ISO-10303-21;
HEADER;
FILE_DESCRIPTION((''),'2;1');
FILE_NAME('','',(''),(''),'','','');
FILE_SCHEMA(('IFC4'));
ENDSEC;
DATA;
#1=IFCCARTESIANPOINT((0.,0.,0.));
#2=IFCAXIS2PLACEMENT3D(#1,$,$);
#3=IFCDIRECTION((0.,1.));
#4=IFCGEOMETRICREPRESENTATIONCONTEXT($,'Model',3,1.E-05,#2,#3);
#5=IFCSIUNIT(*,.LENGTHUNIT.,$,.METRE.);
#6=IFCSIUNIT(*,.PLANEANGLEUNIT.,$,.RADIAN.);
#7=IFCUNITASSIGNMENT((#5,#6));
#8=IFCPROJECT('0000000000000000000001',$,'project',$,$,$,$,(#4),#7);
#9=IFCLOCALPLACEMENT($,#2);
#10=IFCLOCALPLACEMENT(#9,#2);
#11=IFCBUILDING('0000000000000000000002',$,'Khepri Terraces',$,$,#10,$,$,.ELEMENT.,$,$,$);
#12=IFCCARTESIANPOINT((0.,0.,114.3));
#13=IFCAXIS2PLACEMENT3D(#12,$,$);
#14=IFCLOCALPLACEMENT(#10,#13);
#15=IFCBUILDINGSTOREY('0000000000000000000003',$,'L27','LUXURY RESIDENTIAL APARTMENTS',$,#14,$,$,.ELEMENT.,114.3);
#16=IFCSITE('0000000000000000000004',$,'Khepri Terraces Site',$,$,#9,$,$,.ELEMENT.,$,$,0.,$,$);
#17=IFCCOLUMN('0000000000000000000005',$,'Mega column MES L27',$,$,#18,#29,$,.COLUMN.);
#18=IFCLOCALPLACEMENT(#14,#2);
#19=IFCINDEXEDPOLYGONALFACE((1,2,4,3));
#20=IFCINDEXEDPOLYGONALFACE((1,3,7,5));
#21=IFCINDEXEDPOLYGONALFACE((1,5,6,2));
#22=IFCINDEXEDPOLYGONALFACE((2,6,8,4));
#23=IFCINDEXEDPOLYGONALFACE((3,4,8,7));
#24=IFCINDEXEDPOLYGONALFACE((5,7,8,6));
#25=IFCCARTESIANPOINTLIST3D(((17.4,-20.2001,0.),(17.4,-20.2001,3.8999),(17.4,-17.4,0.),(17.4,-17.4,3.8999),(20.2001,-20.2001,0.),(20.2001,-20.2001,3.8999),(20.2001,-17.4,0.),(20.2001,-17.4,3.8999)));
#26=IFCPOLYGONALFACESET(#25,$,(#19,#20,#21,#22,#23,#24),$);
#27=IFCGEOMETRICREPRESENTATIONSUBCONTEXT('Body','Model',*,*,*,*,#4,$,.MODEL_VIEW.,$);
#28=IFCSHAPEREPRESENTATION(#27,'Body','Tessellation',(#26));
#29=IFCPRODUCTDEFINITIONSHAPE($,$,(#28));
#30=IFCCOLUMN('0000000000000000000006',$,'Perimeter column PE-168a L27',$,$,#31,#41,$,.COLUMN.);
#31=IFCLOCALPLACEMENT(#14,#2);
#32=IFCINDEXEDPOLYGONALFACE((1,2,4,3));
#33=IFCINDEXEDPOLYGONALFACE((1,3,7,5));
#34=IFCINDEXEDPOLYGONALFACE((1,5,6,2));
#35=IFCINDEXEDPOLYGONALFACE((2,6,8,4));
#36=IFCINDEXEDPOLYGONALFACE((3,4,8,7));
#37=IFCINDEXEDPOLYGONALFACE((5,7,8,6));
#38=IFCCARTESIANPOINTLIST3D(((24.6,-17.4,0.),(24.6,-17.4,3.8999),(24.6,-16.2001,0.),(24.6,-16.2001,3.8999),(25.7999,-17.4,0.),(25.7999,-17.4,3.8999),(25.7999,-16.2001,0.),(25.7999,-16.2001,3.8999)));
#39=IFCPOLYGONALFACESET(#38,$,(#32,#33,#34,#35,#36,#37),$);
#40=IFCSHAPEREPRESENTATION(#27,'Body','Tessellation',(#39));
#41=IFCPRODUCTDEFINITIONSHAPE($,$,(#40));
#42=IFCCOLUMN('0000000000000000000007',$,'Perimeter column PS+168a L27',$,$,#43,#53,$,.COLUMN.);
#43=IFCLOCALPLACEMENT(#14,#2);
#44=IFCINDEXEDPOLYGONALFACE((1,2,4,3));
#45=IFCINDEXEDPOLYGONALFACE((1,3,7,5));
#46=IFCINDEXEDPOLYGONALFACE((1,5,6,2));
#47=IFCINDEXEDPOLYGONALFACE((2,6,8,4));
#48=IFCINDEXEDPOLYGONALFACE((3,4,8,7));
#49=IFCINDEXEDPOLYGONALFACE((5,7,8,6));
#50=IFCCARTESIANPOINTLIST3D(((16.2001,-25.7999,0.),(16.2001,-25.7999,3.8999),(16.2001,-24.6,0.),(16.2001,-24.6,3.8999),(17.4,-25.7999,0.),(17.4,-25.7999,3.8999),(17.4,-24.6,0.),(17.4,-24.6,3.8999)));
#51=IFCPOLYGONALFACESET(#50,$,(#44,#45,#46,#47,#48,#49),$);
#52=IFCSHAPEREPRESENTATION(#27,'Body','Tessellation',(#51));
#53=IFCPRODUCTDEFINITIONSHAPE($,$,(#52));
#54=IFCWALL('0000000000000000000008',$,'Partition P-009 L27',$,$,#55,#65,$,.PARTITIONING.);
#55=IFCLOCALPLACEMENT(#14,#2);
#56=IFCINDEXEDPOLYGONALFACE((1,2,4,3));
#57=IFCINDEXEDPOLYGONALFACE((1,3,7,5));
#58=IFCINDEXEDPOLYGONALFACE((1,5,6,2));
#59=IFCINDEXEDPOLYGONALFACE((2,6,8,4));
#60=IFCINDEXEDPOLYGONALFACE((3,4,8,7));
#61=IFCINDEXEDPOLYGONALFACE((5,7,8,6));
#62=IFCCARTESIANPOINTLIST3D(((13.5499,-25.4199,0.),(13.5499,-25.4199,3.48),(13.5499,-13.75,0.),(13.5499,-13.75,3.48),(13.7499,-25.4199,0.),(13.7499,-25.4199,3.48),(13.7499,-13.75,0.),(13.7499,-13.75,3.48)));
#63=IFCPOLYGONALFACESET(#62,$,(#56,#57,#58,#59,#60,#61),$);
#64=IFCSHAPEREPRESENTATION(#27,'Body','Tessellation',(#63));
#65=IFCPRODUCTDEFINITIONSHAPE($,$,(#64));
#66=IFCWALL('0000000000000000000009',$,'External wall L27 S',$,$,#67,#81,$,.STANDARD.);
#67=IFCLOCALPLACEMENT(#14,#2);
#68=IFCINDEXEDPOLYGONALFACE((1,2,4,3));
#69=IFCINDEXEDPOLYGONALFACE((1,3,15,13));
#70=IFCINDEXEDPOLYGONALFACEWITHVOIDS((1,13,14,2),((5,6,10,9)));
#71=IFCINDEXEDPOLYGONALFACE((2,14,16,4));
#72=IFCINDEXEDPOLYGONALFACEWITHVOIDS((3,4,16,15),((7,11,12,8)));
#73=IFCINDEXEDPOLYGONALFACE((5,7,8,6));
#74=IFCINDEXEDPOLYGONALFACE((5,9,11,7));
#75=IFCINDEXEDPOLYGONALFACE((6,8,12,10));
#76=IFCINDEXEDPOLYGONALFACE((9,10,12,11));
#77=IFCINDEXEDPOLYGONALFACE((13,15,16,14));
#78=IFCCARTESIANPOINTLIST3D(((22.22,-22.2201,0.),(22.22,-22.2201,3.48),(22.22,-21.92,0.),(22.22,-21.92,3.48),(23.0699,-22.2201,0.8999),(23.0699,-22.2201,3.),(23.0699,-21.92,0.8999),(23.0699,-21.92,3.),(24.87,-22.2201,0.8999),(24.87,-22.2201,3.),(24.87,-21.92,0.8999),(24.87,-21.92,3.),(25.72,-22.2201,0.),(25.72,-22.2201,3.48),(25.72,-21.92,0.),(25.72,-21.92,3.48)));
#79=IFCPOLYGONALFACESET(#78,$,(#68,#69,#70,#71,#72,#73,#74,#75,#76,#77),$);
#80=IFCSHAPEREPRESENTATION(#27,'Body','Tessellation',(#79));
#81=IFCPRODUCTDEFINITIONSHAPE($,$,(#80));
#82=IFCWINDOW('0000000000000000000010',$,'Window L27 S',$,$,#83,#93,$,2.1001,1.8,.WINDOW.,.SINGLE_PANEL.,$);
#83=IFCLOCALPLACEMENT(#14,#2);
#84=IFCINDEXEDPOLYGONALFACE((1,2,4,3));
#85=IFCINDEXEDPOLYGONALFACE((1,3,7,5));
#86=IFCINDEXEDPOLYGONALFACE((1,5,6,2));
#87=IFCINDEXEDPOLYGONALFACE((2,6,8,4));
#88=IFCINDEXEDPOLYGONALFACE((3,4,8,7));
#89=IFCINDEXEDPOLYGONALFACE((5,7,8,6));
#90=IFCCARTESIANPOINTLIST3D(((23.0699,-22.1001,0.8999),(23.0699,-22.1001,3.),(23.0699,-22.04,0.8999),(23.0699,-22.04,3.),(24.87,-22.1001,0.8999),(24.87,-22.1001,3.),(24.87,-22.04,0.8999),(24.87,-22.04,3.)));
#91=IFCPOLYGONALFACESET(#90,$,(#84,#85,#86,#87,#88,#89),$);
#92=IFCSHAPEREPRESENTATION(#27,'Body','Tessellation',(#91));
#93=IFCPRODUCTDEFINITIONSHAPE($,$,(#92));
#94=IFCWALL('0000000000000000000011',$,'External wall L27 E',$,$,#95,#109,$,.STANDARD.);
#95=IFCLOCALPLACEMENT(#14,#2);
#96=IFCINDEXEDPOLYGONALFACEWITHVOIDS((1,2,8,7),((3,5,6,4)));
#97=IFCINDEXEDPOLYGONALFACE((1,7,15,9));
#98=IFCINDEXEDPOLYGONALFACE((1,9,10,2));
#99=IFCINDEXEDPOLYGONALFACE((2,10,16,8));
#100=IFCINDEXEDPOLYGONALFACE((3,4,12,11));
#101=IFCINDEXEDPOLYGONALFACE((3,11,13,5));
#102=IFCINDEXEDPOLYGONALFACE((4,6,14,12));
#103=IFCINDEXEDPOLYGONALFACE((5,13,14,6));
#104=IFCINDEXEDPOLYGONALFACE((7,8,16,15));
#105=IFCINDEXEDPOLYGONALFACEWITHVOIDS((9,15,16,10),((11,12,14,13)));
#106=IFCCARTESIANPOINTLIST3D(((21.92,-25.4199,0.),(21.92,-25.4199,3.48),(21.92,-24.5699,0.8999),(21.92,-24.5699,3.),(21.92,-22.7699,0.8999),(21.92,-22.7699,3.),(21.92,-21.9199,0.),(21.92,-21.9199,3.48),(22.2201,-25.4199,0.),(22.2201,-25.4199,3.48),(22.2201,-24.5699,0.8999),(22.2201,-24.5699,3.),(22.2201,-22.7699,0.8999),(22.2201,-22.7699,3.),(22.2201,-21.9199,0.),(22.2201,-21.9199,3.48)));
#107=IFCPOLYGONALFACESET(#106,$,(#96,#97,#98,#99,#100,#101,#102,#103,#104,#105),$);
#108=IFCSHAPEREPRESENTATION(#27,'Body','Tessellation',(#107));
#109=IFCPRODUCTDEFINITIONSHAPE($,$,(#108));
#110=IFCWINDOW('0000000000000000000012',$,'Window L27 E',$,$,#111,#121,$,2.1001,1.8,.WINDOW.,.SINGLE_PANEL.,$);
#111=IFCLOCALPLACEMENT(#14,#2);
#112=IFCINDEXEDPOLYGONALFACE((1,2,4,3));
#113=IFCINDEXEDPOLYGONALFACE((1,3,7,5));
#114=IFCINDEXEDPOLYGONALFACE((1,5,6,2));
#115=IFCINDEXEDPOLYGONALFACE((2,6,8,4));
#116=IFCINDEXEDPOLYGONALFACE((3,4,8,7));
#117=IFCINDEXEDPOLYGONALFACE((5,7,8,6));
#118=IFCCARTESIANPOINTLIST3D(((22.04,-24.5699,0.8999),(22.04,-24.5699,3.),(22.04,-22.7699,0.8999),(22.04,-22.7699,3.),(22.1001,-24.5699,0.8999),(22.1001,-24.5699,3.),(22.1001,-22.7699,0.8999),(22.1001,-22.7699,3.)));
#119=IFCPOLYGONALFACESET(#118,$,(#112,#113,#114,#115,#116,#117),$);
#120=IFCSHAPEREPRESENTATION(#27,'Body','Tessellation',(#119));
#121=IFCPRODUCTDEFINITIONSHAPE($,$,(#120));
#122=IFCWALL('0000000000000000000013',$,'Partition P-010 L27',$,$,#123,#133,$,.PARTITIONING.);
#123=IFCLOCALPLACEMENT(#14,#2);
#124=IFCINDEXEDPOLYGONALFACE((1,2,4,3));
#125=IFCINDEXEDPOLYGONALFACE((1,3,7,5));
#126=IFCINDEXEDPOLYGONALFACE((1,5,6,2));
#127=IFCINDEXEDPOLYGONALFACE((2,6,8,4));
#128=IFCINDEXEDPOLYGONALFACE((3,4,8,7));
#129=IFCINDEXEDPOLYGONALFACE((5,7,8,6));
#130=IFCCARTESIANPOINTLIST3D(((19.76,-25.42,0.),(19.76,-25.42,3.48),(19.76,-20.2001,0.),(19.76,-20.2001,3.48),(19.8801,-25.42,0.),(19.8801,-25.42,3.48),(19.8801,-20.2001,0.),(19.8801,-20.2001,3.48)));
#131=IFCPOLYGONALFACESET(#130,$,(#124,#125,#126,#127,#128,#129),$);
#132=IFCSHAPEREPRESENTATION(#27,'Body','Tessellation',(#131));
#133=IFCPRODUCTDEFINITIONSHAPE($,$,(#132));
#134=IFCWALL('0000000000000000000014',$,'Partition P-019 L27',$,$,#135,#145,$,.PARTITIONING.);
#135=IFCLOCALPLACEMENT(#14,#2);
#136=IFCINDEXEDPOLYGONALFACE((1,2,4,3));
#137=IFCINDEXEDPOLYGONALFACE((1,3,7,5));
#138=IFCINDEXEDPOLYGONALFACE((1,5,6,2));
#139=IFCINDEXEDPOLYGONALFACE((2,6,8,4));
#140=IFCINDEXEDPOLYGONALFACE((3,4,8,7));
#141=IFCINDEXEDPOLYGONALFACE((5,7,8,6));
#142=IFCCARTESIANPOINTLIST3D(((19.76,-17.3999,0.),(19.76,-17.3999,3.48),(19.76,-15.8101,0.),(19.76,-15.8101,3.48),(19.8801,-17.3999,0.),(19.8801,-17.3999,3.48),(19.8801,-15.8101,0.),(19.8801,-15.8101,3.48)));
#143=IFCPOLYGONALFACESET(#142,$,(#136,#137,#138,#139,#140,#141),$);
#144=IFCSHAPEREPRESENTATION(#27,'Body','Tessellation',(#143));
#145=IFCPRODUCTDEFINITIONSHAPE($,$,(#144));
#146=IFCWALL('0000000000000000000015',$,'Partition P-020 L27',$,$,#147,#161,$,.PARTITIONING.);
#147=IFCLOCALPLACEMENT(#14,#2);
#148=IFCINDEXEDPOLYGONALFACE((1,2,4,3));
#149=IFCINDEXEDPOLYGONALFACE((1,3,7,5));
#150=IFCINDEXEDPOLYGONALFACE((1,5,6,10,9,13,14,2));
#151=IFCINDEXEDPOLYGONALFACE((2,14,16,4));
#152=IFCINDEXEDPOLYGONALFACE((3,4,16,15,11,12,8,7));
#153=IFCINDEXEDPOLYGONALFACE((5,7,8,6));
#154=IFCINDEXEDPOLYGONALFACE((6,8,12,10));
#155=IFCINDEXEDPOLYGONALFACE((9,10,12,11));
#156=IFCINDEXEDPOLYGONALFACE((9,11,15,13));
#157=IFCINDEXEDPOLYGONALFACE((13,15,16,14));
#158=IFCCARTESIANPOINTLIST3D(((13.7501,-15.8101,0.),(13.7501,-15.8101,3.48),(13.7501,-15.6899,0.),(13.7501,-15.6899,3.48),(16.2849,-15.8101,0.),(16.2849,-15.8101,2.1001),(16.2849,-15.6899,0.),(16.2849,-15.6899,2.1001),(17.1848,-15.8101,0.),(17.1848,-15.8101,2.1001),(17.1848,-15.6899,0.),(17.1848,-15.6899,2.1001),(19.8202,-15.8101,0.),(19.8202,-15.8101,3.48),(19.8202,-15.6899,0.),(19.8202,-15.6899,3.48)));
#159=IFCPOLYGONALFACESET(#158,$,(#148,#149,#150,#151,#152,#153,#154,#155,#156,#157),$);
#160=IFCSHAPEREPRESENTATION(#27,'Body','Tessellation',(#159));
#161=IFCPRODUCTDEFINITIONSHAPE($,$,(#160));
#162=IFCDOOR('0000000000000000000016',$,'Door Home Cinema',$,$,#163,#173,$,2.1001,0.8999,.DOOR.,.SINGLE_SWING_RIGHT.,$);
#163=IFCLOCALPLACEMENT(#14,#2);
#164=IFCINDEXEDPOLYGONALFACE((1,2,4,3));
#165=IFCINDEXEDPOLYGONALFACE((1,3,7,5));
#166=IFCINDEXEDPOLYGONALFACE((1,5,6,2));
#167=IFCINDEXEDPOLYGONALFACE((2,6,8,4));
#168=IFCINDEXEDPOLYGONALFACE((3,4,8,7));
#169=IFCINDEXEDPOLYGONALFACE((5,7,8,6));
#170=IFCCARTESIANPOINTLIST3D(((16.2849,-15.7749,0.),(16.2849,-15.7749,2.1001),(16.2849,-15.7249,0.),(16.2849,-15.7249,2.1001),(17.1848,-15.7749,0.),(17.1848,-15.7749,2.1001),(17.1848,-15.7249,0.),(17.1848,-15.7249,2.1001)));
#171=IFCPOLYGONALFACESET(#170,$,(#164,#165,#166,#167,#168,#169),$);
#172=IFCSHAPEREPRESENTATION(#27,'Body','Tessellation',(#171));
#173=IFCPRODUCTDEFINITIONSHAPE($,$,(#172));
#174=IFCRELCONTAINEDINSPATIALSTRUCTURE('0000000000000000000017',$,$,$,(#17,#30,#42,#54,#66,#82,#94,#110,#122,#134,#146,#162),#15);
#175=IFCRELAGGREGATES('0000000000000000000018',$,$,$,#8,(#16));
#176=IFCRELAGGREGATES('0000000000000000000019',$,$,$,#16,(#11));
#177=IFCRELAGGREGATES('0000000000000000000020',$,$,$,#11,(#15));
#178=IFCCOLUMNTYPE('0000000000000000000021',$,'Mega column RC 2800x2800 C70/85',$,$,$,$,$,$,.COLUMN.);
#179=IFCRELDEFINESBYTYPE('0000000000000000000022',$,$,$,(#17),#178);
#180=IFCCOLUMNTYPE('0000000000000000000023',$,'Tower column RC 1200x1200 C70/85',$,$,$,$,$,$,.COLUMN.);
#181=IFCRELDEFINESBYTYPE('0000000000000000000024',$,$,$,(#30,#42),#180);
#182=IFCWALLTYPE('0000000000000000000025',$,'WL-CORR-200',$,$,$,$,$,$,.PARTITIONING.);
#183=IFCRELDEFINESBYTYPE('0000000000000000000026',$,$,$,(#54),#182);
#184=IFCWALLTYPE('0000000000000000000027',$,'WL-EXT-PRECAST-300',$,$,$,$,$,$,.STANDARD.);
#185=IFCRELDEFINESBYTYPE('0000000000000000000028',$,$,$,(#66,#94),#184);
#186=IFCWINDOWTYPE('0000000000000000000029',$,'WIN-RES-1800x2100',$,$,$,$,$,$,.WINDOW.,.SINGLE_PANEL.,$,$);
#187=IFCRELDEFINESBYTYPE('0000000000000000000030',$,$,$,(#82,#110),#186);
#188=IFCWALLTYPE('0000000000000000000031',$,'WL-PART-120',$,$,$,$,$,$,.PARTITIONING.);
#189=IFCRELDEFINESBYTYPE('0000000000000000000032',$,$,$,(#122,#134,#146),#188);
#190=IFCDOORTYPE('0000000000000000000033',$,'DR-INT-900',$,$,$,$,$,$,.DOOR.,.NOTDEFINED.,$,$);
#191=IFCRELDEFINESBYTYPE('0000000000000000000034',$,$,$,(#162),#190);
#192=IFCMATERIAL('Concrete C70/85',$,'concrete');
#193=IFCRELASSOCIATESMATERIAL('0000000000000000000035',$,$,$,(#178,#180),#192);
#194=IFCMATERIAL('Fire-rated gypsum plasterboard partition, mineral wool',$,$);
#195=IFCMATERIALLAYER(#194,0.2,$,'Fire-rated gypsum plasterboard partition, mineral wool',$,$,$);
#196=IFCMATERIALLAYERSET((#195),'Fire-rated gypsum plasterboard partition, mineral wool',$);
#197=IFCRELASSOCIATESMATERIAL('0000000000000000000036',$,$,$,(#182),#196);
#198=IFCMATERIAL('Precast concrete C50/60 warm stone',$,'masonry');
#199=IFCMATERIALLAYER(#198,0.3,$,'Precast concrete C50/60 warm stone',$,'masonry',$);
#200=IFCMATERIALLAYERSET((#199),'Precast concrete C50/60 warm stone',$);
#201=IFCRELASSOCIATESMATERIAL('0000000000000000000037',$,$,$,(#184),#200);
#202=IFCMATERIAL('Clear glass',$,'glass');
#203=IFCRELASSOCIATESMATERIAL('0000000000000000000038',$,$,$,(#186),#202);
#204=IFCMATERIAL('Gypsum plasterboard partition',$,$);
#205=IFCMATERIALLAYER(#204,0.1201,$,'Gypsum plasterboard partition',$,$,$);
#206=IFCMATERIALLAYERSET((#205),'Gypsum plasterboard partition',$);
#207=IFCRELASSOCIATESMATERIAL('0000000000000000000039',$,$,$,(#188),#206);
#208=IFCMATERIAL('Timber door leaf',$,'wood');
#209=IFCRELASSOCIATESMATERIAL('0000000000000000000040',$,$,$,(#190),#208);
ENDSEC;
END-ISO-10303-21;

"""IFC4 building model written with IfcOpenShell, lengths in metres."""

from ifc_helpers import new_model, si_unit, direction, frame, frame_2d, origin, origin_2d, place, context, subcontext, project, spatial, rectangle, extrude, material, layer, layer_set, material_profile, profile_set, type_object, element, fill, save


model = new_model("IFC4")

# Units and contexts
model_context = context("Model", 3, precision=1e-05, world=origin(), true_north=direction((0.0, 1.0)))
body_context = subcontext(model_context, "Body", "Model", "MODEL_VIEW")
ifc_project = project(units=[si_unit("LENGTHUNIT", "METRE"), si_unit("PLANEANGLEUNIT", "RADIAN")], contexts=[model_context])

# Site, building, storey
site_placement = place(None, origin())
site = spatial("IfcSite", under=ifc_project, at=site_placement, Name="Khepri Terraces Site", CompositionType="ELEMENT", RefElevation=0.0)
building_placement = place(site_placement, origin())
building = spatial("IfcBuilding", under=site, at=building_placement, Name="Khepri Terraces", CompositionType="ELEMENT")
storey_placement = place(building_placement, frame((0.0, 0.0, 114.3)))
storey = spatial("IfcBuildingStorey", under=building, at=storey_placement, Name="L27", Description="LUXURY RESIDENTIAL APARTMENTS", CompositionType="ELEMENT", Elevation=114.3)

# Columns
ifc_material_1 = material(Name="Concrete C70/85", Category="concrete")
ifc_material_profile_1 = material_profile(ifc_material_1, rectangle(XDim=2.8, YDim=2.8, at=origin_2d()), Name="Concrete C70/85", Category="concrete")
ifc_profile_set_1 = profile_set([ifc_material_profile_1], Name="Concrete C70/85")
column_type_1 = type_object("IfcColumnType", Name="Mega column RC 2800x2800 C70/85", PredefinedType="COLUMN", material=ifc_profile_set_1)
column_placement = place(storey_placement, frame((18.8, -18.8, 0.0), z_axis=(0.0, 0.0, 1.0), x_axis=(1.0, 0.0, 0.0)))
element("IfcColumn", 1, at=column_placement, inside=storey, type_object=column_type_1, Name="Mega column MES L27", PredefinedType="COLUMN", context=body_context, shape_type="SweptSolid", body=[
    extrude(rectangle(XDim=2.8, YDim=2.8, at=origin_2d()), origin(), (0.0, 0.0, 1.0), 3.8999),
])
ifc_material_profile_2 = material_profile(ifc_material_1, rectangle(XDim=1.2, YDim=1.2, at=origin_2d()), Name="Concrete C70/85", Category="concrete")
ifc_profile_set_2 = profile_set([ifc_material_profile_2], Name="Concrete C70/85")
column_type_2 = type_object("IfcColumnType", Name="Tower column RC 1200x1200 C70/85", PredefinedType="COLUMN", material=ifc_profile_set_2)
for number, where, z_axis, x_axis, name in (
    (2, (25.2, -16.8, 0.0), (0.0, 0.0, 1.0), (1.0, 0.0, 0.0), "Perimeter column PE-168a L27"),
    (3, (16.8, -25.2, 0.0), (0.0, 0.0, 1.0), (1.0, 0.0, 0.0), "Perimeter column PS+168a L27"),
):
    element("IfcColumn", number, at=place(storey_placement, frame(where, z_axis=z_axis, x_axis=x_axis)), inside=storey, type_object=column_type_2, Name=name, PredefinedType="COLUMN", context=body_context, shape_type="SweptSolid", body=[
        extrude(rectangle(XDim=1.2, YDim=1.2, at=origin_2d()), origin(), (0.0, 0.0, 1.0), 3.8999),
    ])

# Wall
ifc_material_2 = material(Name="Fire-rated gypsum plasterboard partition, mineral wool")
ifc_layer_1 = layer(ifc_material_2, 0.2, Name="Fire-rated gypsum plasterboard partition, mineral wool")
ifc_layer_set_1 = layer_set([ifc_layer_1], Name="Fire-rated gypsum plasterboard partition, mineral wool")
wall_type_1 = type_object("IfcWallType", Name="WL-CORR-200", PredefinedType="PARTITIONING", material=ifc_layer_set_1)
wall_1_placement = place(storey_placement, frame((13.6499, -25.4199, 0.0), z_axis=(0.0, 0.0, 1.0), x_axis=(0.0, 1.0, 0.0)))
element("IfcWall", 4, at=wall_1_placement, inside=storey, type_object=wall_type_1, Name="Partition P-009 L27", PredefinedType="PARTITIONING", context=body_context, shape_type="SweptSolid", body=[
    extrude(rectangle(XDim=11.6699, YDim=0.2, at=frame_2d((5.835, 0.0))), origin(), (0.0, 0.0, 1.0), 3.48),
])

# Wall, opening, window
ifc_material_3 = material(Name="Precast concrete C50/60 warm stone", Category="masonry")
ifc_layer_2 = layer(ifc_material_3, 0.3, Name="Precast concrete C50/60 warm stone", Category="masonry")
ifc_layer_set_2 = layer_set([ifc_layer_2], Name="Precast concrete C50/60 warm stone")
wall_type_2 = type_object("IfcWallType", Name="WL-EXT-PRECAST-300", PredefinedType="STANDARD", material=ifc_layer_set_2)
wall_2_placement = place(storey_placement, frame((22.22, -22.0701, 0.0), z_axis=(0.0, 0.0, 1.0), x_axis=(1.0, 0.0, 0.0)))
wall_2 = element("IfcWall", 5, at=wall_2_placement, inside=storey, type_object=wall_type_2, Name="External wall L27 S", PredefinedType="STANDARD", context=body_context, shape_type="SweptSolid", body=[
    extrude(rectangle(XDim=3.5, YDim=0.3, at=frame_2d((1.75, 0.0))), origin(), (0.0, 0.0, 1.0), 3.48),
])
opening_1_placement = place(wall_2_placement, frame((0.8501, 0.0, 0.8999)))
opening_1 = element("IfcOpeningElement", 6, at=opening_1_placement, cuts=wall_2, PredefinedType="OPENING", context=body_context, shape_type="SweptSolid", body=[
    extrude(rectangle(XDim=1.8, YDim=2.1001, at=frame_2d((0.8999, 1.05))), frame((0.0, 0.1602, 0.0), z_axis=(0.0, -1.0, 0.0), x_axis=(1.0, 0.0, 0.0)), (0.0, 0.0, 1.0), 0.3201),
])
ifc_material_4 = material(Name="Clear glass", Category="glass")
window_type = type_object("IfcWindowType", Name="WIN-RES-1800x2100", PartitioningType="SINGLE_PANEL", PredefinedType="WINDOW", material=ifc_material_4)
window_1_placement = place(opening_1_placement, origin())
window_1 = element("IfcWindow", 7, at=window_1_placement, inside=storey, type_object=window_type, Name="Window L27 S", OverallHeight=2.1001, OverallWidth=1.8, PartitioningType="SINGLE_PANEL", PredefinedType="WINDOW", context=body_context, shape_type="SweptSolid", body=[
    extrude(rectangle(XDim=1.8, YDim=2.1001, at=frame_2d((0.8999, 1.05))), frame((0.0, 0.03, 0.0), z_axis=(0.0, -1.0, 0.0), x_axis=(1.0, 0.0, 0.0)), (0.0, 0.0, 1.0), 0.0601),
])
fill(opening_1, window_1)

# Wall, opening, window
wall_3_placement = place(storey_placement, frame((22.0701, -25.4199, 0.0), z_axis=(0.0, 0.0, 1.0), x_axis=(0.0, 1.0, 0.0)))
wall_3 = element("IfcWall", 8, at=wall_3_placement, inside=storey, type_object=wall_type_2, Name="External wall L27 E", PredefinedType="STANDARD", context=body_context, shape_type="SweptSolid", body=[
    extrude(rectangle(XDim=3.5, YDim=0.3, at=frame_2d((1.75, 0.0))), origin(), (0.0, 0.0, 1.0), 3.48),
])
opening_2_placement = place(wall_3_placement, frame((0.8501, 0.0, 0.8999)))
opening_2 = element("IfcOpeningElement", 9, at=opening_2_placement, cuts=wall_3, PredefinedType="OPENING", context=body_context, shape_type="SweptSolid", body=[
    extrude(rectangle(XDim=1.8, YDim=2.1001, at=frame_2d((0.8999, 1.05))), frame((0.0, 0.1602, 0.0), z_axis=(0.0, -1.0, 0.0), x_axis=(1.0, 0.0, 0.0)), (0.0, 0.0, 1.0), 0.3201),
])
window_2_placement = place(opening_2_placement, origin())
window_2 = element("IfcWindow", 10, at=window_2_placement, inside=storey, type_object=window_type, Name="Window L27 E", OverallHeight=2.1001, OverallWidth=1.8, PartitioningType="SINGLE_PANEL", PredefinedType="WINDOW", context=body_context, shape_type="SweptSolid", body=[
    extrude(rectangle(XDim=1.8, YDim=2.1001, at=frame_2d((0.8999, 1.05))), frame((0.0, 0.03, 0.0), z_axis=(0.0, -1.0, 0.0), x_axis=(1.0, 0.0, 0.0)), (0.0, 0.0, 1.0), 0.0601),
])
fill(opening_2, window_2)

# Walls
ifc_material_5 = material(Name="Gypsum plasterboard partition")
ifc_layer_3 = layer(ifc_material_5, 0.1201, Name="Gypsum plasterboard partition")
ifc_layer_set_3 = layer_set([ifc_layer_3], Name="Gypsum plasterboard partition")
wall_type_3 = type_object("IfcWallType", Name="WL-PART-120", PredefinedType="PARTITIONING", material=ifc_layer_set_3)
wall_4_placement = place(storey_placement, frame((19.8201, -25.4199, 0.0), z_axis=(0.0, 0.0, 1.0), x_axis=(0.0, 1.0, 0.0)))
element("IfcWall", 11, at=wall_4_placement, inside=storey, type_object=wall_type_3, Name="Partition P-010 L27", PredefinedType="PARTITIONING", context=body_context, shape_type="SweptSolid", body=[
    extrude(rectangle(XDim=5.22, YDim=0.1201, at=frame_2d((2.6099, 0.0))), origin(), (0.0, 0.0, 1.0), 3.48),
])
wall_5_placement = place(storey_placement, frame((19.8201, -17.3999, 0.0), z_axis=(0.0, 0.0, 1.0), x_axis=(0.0, 1.0, 0.0)))
element("IfcWall", 12, at=wall_5_placement, inside=storey, type_object=wall_type_3, Name="Partition P-019 L27", PredefinedType="PARTITIONING", context=body_context, shape_type="SweptSolid", body=[
    extrude(rectangle(XDim=1.5898, YDim=0.1201, at=frame_2d((0.7949, 0.0))), origin(), (0.0, 0.0, 1.0), 3.48),
])

# Wall, opening, door
wall_6_placement = place(storey_placement, frame((13.75, -15.75, 0.0), z_axis=(0.0, 0.0, 1.0), x_axis=(1.0, 0.0, 0.0)))
wall_6 = element("IfcWall", 13, at=wall_6_placement, inside=storey, type_object=wall_type_3, Name="Partition P-020 L27", PredefinedType="PARTITIONING", context=body_context, shape_type="SweptSolid", body=[
    extrude(rectangle(XDim=6.0701, YDim=0.1201, at=frame_2d((3.0352, 0.0))), origin(), (0.0, 0.0, 1.0), 3.48),
])
opening_3_placement = place(wall_6_placement, frame((2.5349, 0.0, 0.0)))
opening_3 = element("IfcOpeningElement", 14, at=opening_3_placement, cuts=wall_6, PredefinedType="OPENING", context=body_context, shape_type="SweptSolid", body=[
    extrude(rectangle(XDim=0.8999, YDim=2.1001, at=frame_2d((0.45, 1.05))), frame((0.0, 0.0701, 0.0), z_axis=(0.0, -1.0, 0.0), x_axis=(1.0, 0.0, 0.0)), (0.0, 0.0, 1.0), 0.1401),
])
ifc_material_6 = material(Name="Timber door leaf", Category="wood")
door_type_1 = type_object("IfcDoorType", Name="DR-INT-900", OperationType="NOTDEFINED", PredefinedType="DOOR", material=ifc_material_6)
door_1_placement = place(opening_3_placement, frame((0.8999, 0.0, 0.0), z_axis=(0.0, 0.0, 1.0), x_axis=(-1.0, 0.0, 0.0)))
door_1 = element("IfcDoor", 15, at=door_1_placement, inside=storey, type_object=door_type_1, Name="Door Home Cinema", OperationType="SINGLE_SWING_RIGHT", OverallHeight=2.1001, OverallWidth=0.8999, PredefinedType="DOOR", context=body_context, shape_type="SweptSolid", body=[
    extrude(rectangle(XDim=0.8999, YDim=2.1001, at=frame_2d((0.45, 1.05))), frame((0.0, 0.0249, 0.0), z_axis=(0.0, -1.0, 0.0), x_axis=(1.0, 0.0, 0.0)), (0.0, 0.0, 1.0), 0.05),
])
fill(opening_3, door_1)

save(model, "model.ifc")
